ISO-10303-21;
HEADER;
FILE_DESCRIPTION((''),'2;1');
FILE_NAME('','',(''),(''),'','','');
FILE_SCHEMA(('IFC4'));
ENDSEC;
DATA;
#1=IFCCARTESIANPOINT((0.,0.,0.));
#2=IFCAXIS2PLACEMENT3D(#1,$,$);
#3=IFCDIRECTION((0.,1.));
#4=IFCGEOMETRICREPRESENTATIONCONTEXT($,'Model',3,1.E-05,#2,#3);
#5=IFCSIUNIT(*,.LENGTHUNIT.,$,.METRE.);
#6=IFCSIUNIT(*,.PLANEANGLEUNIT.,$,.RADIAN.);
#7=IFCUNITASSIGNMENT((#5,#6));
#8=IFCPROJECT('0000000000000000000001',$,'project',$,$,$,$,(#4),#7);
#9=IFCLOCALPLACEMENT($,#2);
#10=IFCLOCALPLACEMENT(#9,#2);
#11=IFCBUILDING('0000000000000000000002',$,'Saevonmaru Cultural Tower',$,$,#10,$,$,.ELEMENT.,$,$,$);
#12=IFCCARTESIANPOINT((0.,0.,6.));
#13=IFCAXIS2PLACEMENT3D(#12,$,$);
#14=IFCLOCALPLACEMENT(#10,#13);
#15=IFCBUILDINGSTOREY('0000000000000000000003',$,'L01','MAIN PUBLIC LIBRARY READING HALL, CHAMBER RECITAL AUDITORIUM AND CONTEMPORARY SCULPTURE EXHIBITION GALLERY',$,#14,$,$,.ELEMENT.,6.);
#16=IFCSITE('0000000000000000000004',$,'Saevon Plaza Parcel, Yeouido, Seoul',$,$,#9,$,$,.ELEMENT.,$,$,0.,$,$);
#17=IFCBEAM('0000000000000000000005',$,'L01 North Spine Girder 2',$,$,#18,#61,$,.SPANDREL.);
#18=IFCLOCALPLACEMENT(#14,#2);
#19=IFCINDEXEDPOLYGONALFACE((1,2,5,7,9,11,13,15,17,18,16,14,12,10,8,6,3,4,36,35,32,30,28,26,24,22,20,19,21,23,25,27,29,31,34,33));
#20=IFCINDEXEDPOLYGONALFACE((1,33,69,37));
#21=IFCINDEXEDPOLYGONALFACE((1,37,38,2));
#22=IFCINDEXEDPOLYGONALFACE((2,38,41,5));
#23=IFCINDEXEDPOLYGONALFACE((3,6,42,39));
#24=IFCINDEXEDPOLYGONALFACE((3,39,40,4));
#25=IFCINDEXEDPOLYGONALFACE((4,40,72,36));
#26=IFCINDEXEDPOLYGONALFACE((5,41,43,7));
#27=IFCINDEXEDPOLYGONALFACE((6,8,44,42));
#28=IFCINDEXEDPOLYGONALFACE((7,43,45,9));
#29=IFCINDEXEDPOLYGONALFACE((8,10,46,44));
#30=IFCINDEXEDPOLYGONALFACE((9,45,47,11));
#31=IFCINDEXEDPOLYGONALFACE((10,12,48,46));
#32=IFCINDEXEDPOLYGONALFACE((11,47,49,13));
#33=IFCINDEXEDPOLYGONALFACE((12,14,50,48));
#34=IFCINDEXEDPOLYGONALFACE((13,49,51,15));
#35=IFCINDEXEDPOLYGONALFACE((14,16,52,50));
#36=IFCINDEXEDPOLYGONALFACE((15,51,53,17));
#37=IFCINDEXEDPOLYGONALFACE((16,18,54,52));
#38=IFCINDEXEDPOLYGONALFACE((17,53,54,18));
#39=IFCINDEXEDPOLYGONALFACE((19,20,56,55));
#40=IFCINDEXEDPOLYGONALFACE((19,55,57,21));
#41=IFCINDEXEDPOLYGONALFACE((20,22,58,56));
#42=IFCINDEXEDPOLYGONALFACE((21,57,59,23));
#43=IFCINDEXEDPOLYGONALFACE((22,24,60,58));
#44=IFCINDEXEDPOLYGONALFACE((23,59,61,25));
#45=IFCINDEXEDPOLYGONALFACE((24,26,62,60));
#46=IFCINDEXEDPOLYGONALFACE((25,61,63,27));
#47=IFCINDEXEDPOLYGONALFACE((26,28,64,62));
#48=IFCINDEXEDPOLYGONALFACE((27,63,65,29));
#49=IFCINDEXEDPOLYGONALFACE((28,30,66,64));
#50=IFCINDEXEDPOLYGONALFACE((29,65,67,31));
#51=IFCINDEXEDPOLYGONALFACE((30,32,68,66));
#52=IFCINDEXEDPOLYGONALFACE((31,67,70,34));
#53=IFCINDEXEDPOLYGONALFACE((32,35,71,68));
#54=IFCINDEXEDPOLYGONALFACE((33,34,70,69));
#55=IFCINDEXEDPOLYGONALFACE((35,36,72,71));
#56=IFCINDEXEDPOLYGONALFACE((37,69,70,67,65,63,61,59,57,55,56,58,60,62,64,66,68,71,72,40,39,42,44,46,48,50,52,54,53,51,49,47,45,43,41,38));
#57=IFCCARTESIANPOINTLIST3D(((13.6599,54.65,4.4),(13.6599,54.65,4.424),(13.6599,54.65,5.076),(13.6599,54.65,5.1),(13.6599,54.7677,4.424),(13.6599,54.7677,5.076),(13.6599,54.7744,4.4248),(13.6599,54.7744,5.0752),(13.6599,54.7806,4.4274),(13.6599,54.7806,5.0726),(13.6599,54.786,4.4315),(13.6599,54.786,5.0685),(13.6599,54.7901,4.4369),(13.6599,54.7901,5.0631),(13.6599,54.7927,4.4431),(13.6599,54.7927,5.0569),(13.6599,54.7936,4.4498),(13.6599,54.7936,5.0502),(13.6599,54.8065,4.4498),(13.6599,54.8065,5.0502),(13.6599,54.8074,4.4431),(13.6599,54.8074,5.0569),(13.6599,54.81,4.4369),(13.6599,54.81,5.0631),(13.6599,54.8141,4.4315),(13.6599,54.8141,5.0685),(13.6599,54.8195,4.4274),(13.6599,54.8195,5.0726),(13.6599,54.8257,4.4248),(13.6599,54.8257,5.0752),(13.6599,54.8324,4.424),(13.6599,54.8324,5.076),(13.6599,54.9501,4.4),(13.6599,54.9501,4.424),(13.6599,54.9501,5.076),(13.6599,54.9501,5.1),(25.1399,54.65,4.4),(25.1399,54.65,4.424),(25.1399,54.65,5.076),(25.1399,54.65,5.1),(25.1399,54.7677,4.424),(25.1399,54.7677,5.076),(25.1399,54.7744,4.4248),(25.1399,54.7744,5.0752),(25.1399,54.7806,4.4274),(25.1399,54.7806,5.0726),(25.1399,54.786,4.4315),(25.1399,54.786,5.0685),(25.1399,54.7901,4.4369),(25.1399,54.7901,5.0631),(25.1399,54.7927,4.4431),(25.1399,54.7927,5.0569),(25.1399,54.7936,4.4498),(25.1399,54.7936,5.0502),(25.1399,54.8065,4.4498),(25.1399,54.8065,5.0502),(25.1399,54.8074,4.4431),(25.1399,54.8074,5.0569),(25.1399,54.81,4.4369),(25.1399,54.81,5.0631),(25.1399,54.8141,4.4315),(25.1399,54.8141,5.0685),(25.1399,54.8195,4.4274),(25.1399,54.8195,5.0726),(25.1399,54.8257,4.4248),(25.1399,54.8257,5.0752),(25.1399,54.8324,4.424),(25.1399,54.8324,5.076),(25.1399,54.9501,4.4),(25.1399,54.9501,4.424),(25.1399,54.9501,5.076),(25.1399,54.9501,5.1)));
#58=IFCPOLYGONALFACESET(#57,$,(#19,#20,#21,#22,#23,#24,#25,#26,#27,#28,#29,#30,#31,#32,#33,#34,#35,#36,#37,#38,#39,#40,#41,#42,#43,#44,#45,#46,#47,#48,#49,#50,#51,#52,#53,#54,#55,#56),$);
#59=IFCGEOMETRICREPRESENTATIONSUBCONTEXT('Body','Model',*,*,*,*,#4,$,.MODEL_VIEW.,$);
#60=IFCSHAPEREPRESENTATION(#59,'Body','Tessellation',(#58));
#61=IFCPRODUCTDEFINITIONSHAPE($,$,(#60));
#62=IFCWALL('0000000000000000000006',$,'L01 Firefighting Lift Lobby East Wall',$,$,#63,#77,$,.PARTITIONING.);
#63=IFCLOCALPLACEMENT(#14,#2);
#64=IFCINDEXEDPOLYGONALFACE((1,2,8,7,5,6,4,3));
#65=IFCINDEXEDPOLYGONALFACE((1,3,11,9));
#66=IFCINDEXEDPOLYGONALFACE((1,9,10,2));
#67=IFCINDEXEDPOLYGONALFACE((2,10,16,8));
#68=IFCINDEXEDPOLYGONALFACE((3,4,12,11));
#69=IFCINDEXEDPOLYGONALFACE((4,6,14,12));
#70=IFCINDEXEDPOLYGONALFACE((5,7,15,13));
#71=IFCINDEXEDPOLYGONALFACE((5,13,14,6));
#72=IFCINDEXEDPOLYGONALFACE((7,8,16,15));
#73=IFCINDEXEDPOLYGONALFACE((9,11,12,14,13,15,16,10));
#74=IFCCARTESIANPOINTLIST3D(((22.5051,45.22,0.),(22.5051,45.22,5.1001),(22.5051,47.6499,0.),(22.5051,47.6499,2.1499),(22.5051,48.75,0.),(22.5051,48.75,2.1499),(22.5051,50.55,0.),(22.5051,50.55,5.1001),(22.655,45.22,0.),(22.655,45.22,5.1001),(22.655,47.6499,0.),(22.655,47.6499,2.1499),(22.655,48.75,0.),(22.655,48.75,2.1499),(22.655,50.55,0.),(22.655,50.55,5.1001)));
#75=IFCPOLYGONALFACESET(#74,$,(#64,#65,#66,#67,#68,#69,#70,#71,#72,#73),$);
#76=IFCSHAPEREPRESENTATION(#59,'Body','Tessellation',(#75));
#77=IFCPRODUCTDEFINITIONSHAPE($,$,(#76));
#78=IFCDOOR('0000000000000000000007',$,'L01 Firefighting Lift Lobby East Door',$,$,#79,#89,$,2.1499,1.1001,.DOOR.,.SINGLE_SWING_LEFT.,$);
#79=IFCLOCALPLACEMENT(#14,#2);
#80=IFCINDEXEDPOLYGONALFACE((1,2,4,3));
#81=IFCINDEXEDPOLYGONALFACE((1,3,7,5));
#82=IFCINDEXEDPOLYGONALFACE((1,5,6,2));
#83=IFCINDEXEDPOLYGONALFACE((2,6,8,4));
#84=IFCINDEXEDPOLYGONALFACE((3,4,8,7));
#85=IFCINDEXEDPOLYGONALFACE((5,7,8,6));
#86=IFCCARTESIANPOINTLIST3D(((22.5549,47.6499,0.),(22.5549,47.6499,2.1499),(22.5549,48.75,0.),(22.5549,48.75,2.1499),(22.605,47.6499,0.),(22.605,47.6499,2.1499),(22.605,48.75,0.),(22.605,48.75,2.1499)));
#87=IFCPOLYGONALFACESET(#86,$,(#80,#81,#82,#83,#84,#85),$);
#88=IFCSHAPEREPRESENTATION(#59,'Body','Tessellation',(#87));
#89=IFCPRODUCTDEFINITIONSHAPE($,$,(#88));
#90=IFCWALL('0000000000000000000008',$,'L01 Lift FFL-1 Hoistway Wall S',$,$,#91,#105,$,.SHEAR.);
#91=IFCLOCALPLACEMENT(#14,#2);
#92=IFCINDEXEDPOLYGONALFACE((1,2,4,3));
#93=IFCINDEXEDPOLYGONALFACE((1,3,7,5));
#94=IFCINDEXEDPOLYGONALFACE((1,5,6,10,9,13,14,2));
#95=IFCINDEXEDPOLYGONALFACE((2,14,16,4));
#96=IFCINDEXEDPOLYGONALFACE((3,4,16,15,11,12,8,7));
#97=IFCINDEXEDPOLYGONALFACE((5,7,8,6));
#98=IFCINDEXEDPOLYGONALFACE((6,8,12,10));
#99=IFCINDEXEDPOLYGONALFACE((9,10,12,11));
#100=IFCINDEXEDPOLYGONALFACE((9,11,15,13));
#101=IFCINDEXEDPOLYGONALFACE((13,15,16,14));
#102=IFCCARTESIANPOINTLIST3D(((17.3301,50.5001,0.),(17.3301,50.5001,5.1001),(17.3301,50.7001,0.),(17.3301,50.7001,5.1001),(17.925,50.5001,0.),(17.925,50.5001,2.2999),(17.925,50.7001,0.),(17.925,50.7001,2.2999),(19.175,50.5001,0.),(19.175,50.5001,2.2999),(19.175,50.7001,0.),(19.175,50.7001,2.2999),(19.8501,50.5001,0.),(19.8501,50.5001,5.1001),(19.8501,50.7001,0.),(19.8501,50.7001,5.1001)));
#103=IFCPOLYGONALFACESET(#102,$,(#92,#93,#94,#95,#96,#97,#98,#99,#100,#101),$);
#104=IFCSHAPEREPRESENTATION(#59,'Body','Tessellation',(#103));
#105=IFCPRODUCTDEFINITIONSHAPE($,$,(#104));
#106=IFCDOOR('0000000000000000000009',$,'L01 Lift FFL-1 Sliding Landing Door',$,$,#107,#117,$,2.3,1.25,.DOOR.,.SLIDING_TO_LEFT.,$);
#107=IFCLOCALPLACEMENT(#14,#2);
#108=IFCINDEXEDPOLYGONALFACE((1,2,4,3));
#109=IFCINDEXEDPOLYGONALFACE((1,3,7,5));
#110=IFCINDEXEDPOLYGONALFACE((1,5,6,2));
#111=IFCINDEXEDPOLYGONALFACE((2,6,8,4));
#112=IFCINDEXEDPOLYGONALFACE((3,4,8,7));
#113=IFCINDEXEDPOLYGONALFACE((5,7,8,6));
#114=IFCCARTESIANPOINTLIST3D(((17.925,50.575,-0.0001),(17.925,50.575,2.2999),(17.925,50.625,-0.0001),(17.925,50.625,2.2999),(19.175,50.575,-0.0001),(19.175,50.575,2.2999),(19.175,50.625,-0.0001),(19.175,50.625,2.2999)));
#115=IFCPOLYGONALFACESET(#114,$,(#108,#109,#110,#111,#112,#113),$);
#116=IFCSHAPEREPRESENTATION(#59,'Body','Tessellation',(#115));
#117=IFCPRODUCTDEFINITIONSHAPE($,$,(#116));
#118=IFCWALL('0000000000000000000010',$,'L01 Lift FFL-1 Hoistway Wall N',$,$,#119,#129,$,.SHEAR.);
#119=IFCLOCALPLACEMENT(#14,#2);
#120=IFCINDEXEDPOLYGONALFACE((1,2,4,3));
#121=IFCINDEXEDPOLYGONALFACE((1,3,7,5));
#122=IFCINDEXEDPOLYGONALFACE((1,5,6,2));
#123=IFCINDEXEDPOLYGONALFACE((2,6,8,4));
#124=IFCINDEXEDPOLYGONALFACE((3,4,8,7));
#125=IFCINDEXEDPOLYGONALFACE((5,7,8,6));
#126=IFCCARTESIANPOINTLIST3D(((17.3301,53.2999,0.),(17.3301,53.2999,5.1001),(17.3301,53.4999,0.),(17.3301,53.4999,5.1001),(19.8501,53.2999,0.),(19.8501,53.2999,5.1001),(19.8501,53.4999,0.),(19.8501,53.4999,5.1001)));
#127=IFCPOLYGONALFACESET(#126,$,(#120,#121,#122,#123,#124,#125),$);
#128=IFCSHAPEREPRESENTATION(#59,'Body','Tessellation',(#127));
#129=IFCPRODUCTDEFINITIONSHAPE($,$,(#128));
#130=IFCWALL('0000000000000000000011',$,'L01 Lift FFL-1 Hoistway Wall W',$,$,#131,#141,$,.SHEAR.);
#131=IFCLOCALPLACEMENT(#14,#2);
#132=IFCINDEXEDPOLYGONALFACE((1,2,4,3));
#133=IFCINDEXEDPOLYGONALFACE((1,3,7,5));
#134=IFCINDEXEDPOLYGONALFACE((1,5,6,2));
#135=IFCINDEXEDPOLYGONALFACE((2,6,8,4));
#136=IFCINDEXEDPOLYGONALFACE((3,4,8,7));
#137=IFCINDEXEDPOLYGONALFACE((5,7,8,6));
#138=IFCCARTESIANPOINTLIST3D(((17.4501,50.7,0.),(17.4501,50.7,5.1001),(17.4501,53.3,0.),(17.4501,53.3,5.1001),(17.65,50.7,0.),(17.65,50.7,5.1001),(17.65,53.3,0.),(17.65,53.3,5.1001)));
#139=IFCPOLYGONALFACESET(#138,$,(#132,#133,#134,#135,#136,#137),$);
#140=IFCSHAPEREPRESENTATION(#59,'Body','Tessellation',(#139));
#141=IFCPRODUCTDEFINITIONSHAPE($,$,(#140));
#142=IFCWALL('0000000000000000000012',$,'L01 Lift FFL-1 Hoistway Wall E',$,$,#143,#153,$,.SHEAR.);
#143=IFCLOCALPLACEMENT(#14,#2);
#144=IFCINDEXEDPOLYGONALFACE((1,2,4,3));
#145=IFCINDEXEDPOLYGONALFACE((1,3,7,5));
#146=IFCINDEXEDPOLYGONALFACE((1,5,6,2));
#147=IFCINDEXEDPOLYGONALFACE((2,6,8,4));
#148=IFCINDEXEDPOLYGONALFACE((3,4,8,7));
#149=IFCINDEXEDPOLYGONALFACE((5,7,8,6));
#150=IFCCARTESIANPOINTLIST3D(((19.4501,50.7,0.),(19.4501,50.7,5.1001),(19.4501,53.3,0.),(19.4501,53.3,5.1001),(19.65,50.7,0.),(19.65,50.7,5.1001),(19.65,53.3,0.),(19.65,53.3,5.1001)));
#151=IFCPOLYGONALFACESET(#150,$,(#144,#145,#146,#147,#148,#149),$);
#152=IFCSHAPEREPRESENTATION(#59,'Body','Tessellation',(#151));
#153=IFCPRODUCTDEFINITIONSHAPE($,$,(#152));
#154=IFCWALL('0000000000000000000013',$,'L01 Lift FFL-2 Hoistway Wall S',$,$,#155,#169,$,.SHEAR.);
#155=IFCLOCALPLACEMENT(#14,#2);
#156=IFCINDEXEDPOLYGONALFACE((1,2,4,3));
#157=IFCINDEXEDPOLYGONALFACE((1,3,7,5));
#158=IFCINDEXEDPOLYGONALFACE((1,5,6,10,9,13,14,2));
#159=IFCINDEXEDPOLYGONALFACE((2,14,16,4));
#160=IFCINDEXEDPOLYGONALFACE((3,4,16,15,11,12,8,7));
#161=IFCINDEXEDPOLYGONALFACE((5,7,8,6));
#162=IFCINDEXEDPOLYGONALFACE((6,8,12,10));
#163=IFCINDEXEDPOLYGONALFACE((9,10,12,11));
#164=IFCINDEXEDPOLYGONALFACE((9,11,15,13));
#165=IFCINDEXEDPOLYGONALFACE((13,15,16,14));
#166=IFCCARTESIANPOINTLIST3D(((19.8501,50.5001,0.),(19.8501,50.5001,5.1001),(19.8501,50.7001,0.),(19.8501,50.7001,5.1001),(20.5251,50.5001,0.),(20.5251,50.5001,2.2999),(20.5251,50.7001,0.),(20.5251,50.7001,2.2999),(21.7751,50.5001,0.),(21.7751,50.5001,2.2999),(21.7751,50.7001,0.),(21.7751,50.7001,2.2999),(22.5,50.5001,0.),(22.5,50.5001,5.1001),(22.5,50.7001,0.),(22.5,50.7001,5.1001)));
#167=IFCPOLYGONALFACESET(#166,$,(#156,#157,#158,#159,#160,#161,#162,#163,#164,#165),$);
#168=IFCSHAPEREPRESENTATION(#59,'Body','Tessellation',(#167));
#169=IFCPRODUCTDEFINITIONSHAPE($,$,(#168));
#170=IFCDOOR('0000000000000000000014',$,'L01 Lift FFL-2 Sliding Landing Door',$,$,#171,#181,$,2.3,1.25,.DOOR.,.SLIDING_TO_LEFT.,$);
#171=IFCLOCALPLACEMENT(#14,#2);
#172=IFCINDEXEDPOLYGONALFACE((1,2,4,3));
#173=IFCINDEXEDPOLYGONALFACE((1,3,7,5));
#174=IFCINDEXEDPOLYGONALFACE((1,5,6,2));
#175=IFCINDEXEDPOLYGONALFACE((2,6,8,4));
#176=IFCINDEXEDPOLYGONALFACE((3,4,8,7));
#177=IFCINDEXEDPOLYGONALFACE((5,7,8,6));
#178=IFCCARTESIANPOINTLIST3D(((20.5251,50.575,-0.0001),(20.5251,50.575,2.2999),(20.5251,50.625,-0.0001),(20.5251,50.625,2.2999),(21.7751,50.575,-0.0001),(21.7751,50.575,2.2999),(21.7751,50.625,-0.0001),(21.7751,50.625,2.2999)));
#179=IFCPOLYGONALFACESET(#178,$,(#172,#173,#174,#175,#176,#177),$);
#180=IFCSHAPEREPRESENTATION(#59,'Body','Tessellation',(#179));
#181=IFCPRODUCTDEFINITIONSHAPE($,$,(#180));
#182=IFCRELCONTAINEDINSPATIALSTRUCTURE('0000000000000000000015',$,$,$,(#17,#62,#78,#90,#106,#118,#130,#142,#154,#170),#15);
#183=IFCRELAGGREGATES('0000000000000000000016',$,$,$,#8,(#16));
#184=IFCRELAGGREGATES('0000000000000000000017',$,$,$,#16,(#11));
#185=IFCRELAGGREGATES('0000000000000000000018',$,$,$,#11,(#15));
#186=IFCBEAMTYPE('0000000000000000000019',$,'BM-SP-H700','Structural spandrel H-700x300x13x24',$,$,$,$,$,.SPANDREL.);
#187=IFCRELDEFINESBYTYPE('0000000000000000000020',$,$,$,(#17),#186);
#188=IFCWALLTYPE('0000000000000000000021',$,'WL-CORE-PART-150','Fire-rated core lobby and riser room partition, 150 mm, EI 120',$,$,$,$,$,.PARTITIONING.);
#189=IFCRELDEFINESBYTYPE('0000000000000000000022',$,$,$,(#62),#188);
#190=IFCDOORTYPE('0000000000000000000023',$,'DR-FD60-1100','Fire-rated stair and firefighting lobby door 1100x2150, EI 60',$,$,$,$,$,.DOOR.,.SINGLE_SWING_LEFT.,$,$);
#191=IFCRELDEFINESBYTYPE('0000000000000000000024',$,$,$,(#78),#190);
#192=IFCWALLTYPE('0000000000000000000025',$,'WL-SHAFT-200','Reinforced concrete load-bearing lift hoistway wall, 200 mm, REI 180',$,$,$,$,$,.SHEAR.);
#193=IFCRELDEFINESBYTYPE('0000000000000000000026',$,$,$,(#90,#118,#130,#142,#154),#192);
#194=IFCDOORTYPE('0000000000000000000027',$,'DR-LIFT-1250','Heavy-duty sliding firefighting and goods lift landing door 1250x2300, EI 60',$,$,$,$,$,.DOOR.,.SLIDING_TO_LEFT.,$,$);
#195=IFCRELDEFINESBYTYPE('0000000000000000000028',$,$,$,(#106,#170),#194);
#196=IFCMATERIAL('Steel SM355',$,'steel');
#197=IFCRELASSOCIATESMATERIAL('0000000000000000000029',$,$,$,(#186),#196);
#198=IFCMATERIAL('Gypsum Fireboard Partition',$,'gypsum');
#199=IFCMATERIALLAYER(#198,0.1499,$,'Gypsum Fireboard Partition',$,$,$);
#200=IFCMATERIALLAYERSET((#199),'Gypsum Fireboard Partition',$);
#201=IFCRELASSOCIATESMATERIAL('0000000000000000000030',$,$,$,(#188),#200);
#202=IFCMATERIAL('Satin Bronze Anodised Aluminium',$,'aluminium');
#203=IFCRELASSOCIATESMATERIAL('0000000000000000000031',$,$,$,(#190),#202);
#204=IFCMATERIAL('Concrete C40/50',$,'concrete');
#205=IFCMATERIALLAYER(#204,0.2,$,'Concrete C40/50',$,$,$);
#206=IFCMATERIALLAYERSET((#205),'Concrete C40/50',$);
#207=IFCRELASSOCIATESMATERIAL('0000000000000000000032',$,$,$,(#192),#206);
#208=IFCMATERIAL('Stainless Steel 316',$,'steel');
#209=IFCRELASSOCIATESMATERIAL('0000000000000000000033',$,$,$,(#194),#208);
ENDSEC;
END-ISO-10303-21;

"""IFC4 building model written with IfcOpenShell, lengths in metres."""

from ifc_helpers import new_model, si_unit, direction, frame, frame_2d, origin, origin_2d, place, context, subcontext, project, spatial, rectangle, i_section, extrude, material, layer, layer_set, material_profile, profile_set, type_object, element, fill, save


model = new_model("IFC4")

# Units and contexts
model_context = context("Model", 3, precision=1e-05, world=origin(), true_north=direction((0.0, 1.0)))
body_context = subcontext(model_context, "Body", "Model", "MODEL_VIEW")
ifc_project = project(units=[si_unit("LENGTHUNIT", "METRE"), si_unit("PLANEANGLEUNIT", "RADIAN")], contexts=[model_context])

# Site, building, storey
site_placement = place(None, origin())
site = spatial("IfcSite", under=ifc_project, at=site_placement, Name="Saevon Plaza Parcel, Yeouido, Seoul", CompositionType="ELEMENT", RefElevation=0.0)
building_placement = place(site_placement, origin())
building = spatial("IfcBuilding", under=site, at=building_placement, Name="Saevonmaru Cultural Tower", CompositionType="ELEMENT")
storey_placement = place(building_placement, frame((0.0, 0.0, 6.0)))
storey = spatial("IfcBuildingStorey", under=building, at=storey_placement, Name="L01", Description="MAIN PUBLIC LIBRARY READING HALL, CHAMBER RECITAL AUDITORIUM AND CONTEMPORARY SCULPTURE EXHIBITION GALLERY", CompositionType="ELEMENT", Elevation=6.0)

# Beam
ifc_material_1 = material(Name="Steel SM355", Category="steel")
ifc_material_profile = material_profile(ifc_material_1, i_section(OverallWidth=0.3, OverallDepth=0.7, WebThickness=0.0129, FlangeThickness=0.0239, FilletRadius=0.0259, at=origin_2d()), Name="H-700x300x13x24")
ifc_profile_set = profile_set([ifc_material_profile], Name="Steel SM355")
beam_type = type_object("IfcBeamType", Name="BM-SP-H700", Description="Structural spandrel H-700x300x13x24", PredefinedType="SPANDREL", material=ifc_profile_set)
beam_placement = place(storey_placement, frame((13.6599, 54.8, 4.75), z_axis=(1.0, 0.0, 0.0), x_axis=(0.0, 1.0, 0.0)))
element("IfcBeam", 1, at=beam_placement, inside=storey, type_object=beam_type, Name="L01 North Spine Girder 2", PredefinedType="SPANDREL", context=body_context, shape_type="SweptSolid", body=[
    extrude(i_section(OverallWidth=0.3, OverallDepth=0.7, WebThickness=0.0129, FlangeThickness=0.0239, FilletRadius=0.0259, at=origin_2d()), origin(), (0.0, 0.0, 1.0), 11.48),
])

# Walls, openings, doors
ifc_material_2 = material(Name="Gypsum Fireboard Partition", Category="gypsum")
ifc_layer_1 = layer(ifc_material_2, 0.1499, Name="Gypsum Fireboard Partition")
ifc_layer_set_1 = layer_set([ifc_layer_1], Name="Gypsum Fireboard Partition")
wall_type_1 = type_object("IfcWallType", Name="WL-CORE-PART-150", Description="Fire-rated core lobby and riser room partition, 150 mm, EI 120", PredefinedType="PARTITIONING", material=ifc_layer_set_1)
wall_1_placement = place(storey_placement, frame((22.5801, 50.55, 0.0), z_axis=(0.0, 0.0, 1.0), x_axis=(0.0, -1.0, 0.0)))
wall_1 = element("IfcWall", 2, at=wall_1_placement, inside=storey, type_object=wall_type_1, Name="L01 Firefighting Lift Lobby East Wall", PredefinedType="PARTITIONING", context=body_context, shape_type="SweptSolid", body=[
    extrude(rectangle(XDim=5.3301, YDim=0.1499, at=frame_2d((2.665, 0.0))), origin(), (0.0, 0.0, 1.0), 5.1001),
])
opening_1_placement = place(wall_1_placement, frame((1.8, 0.0, 0.0)))
opening_1 = element("IfcOpeningElement", 3, at=opening_1_placement, cuts=wall_1, PredefinedType="OPENING", context=body_context, shape_type="SweptSolid", body=[
    extrude(rectangle(XDim=1.1001, YDim=2.1499, at=frame_2d((0.55, 1.075))), frame((0.0, 0.085, 0.0), z_axis=(0.0, -1.0, 0.0), x_axis=(1.0, 0.0, 0.0)), (0.0, 0.0, 1.0), 0.1699),
])
ifc_material_3 = material(Name="Satin Bronze Anodised Aluminium", Category="aluminium")
door_type_1 = type_object("IfcDoorType", Name="DR-FD60-1100", Description="Fire-rated stair and firefighting lobby door 1100x2150, EI 60", OperationType="SINGLE_SWING_LEFT", PredefinedType="DOOR", material=ifc_material_3)
door_1_placement = place(opening_1_placement, origin())
door_1 = element("IfcDoor", 4, at=door_1_placement, inside=storey, type_object=door_type_1, Name="L01 Firefighting Lift Lobby East Door", OperationType="SINGLE_SWING_LEFT", OverallHeight=2.1499, OverallWidth=1.1001, PredefinedType="DOOR", context=body_context, shape_type="SweptSolid", body=[
    extrude(rectangle(XDim=1.1001, YDim=2.1499, at=frame_2d((0.55, 1.075))), frame((0.0, 0.0249, 0.0), z_axis=(0.0, -1.0, 0.0), x_axis=(1.0, 0.0, 0.0)), (0.0, 0.0, 1.0), 0.05),
])
fill(opening_1, door_1)
ifc_material_4 = material(Name="Concrete C40/50", Category="concrete")
ifc_layer_2 = layer(ifc_material_4, 0.2, Name="Concrete C40/50")
ifc_layer_set_2 = layer_set([ifc_layer_2], Name="Concrete C40/50")
wall_type_2 = type_object("IfcWallType", Name="WL-SHAFT-200", Description="Reinforced concrete load-bearing lift hoistway wall, 200 mm, REI 180", PredefinedType="SHEAR", material=ifc_layer_set_2)
wall_2_placement = place(storey_placement, frame((17.3301, 50.6001, 0.0), z_axis=(0.0, 0.0, 1.0), x_axis=(1.0, 0.0, 0.0)))
wall_2 = element("IfcWall", 5, at=wall_2_placement, inside=storey, type_object=wall_type_2, Name="L01 Lift FFL-1 Hoistway Wall S", PredefinedType="SHEAR", context=body_context, shape_type="SweptSolid", body=[
    extrude(rectangle(XDim=2.52, YDim=0.2, at=frame_2d((1.26, 0.0))), origin(), (0.0, 0.0, 1.0), 5.1001),
])
opening_2_placement = place(wall_2_placement, frame((0.595, 0.0, 0.0)))
opening_2 = element("IfcOpeningElement", 6, at=opening_2_placement, cuts=wall_2, PredefinedType="OPENING", context=body_context, shape_type="SweptSolid", body=[
    extrude(rectangle(XDim=1.25, YDim=2.3, at=frame_2d((0.625, 1.1499))), frame((0.0, 0.1099, 0.0), z_axis=(0.0, -1.0, 0.0), x_axis=(1.0, 0.0, 0.0)), (0.0, 0.0, 1.0), 0.22),
])
ifc_material_5 = material(Name="Stainless Steel 316", Category="steel")
door_type_2 = type_object("IfcDoorType", Name="DR-LIFT-1250", Description="Heavy-duty sliding firefighting and goods lift landing door 1250x2300, EI 60", OperationType="SLIDING_TO_LEFT", PredefinedType="DOOR", material=ifc_material_5)
door_2_placement = place(opening_2_placement, origin())
door_2 = element("IfcDoor", 7, at=door_2_placement, inside=storey, type_object=door_type_2, Name="L01 Lift FFL-1 Sliding Landing Door", OperationType="SLIDING_TO_LEFT", OverallHeight=2.3, OverallWidth=1.25, PredefinedType="DOOR", context=body_context, shape_type="SweptSolid", body=[
    extrude(rectangle(XDim=1.25, YDim=2.3, at=frame_2d((0.625, 1.1499))), frame((0.0, 0.0249, 0.0), z_axis=(0.0, -1.0, 0.0), x_axis=(1.0, 0.0, 0.0)), (0.0, 0.0, 1.0), 0.05),
])
fill(opening_2, door_2)

# Walls
wall_3_placement = place(storey_placement, frame((17.3301, 53.3999, 0.0), z_axis=(0.0, 0.0, 1.0), x_axis=(1.0, 0.0, 0.0)))
element("IfcWall", 8, at=wall_3_placement, inside=storey, type_object=wall_type_2, Name="L01 Lift FFL-1 Hoistway Wall N", PredefinedType="SHEAR", context=body_context, shape_type="SweptSolid", body=[
    extrude(rectangle(XDim=2.52, YDim=0.2, at=frame_2d((1.26, 0.0))), origin(), (0.0, 0.0, 1.0), 5.1001),
])
for number, where, z_axis, x_axis, name in (
    (9, (17.55, 50.7, 0.0), (0.0, 0.0, 1.0), (0.0, 1.0, 0.0), "L01 Lift FFL-1 Hoistway Wall W"),
    (10, (19.55, 50.7, 0.0), (0.0, 0.0, 1.0), (0.0, 1.0, 0.0), "L01 Lift FFL-1 Hoistway Wall E"),
):
    element("IfcWall", number, at=place(storey_placement, frame(where, z_axis=z_axis, x_axis=x_axis)), inside=storey, type_object=wall_type_2, Name=name, PredefinedType="SHEAR", context=body_context, shape_type="SweptSolid", body=[
        extrude(rectangle(XDim=2.6001, YDim=0.2, at=frame_2d((1.3, 0.0))), origin(), (0.0, 0.0, 1.0), 5.1001),
    ])

# Wall, opening, door
wall_4_placement = place(storey_placement, frame((19.8501, 50.6001, 0.0), z_axis=(0.0, 0.0, 1.0), x_axis=(1.0, 0.0, 0.0)))
wall_4 = element("IfcWall", 11, at=wall_4_placement, inside=storey, type_object=wall_type_2, Name="L01 Lift FFL-2 Hoistway Wall S", PredefinedType="SHEAR", context=body_context, shape_type="SweptSolid", body=[
    extrude(rectangle(XDim=2.6499, YDim=0.2, at=frame_2d((1.325, 0.0))), origin(), (0.0, 0.0, 1.0), 5.1001),
])
opening_3_placement = place(wall_4_placement, frame((0.675, 0.0, 0.0)))
opening_3 = element("IfcOpeningElement", 12, at=opening_3_placement, cuts=wall_4, PredefinedType="OPENING", context=body_context, shape_type="SweptSolid", body=[
    extrude(rectangle(XDim=1.25, YDim=2.3, at=frame_2d((0.625, 1.1499))), frame((0.0, 0.1099, 0.0), z_axis=(0.0, -1.0, 0.0), x_axis=(1.0, 0.0, 0.0)), (0.0, 0.0, 1.0), 0.22),
])
door_3_placement = place(opening_3_placement, origin())
door_3 = element("IfcDoor", 13, at=door_3_placement, inside=storey, type_object=door_type_2, Name="L01 Lift FFL-2 Sliding Landing Door", OperationType="SLIDING_TO_LEFT", OverallHeight=2.3, OverallWidth=1.25, PredefinedType="DOOR", context=body_context, shape_type="SweptSolid", body=[
    extrude(rectangle(XDim=1.25, YDim=2.3, at=frame_2d((0.625, 1.1499))), frame((0.0, 0.0249, 0.0), z_axis=(0.0, -1.0, 0.0), x_axis=(1.0, 0.0, 0.0)), (0.0, 0.0, 1.0), 0.05),
])
fill(opening_3, door_3)

save(model, "model.ifc")
